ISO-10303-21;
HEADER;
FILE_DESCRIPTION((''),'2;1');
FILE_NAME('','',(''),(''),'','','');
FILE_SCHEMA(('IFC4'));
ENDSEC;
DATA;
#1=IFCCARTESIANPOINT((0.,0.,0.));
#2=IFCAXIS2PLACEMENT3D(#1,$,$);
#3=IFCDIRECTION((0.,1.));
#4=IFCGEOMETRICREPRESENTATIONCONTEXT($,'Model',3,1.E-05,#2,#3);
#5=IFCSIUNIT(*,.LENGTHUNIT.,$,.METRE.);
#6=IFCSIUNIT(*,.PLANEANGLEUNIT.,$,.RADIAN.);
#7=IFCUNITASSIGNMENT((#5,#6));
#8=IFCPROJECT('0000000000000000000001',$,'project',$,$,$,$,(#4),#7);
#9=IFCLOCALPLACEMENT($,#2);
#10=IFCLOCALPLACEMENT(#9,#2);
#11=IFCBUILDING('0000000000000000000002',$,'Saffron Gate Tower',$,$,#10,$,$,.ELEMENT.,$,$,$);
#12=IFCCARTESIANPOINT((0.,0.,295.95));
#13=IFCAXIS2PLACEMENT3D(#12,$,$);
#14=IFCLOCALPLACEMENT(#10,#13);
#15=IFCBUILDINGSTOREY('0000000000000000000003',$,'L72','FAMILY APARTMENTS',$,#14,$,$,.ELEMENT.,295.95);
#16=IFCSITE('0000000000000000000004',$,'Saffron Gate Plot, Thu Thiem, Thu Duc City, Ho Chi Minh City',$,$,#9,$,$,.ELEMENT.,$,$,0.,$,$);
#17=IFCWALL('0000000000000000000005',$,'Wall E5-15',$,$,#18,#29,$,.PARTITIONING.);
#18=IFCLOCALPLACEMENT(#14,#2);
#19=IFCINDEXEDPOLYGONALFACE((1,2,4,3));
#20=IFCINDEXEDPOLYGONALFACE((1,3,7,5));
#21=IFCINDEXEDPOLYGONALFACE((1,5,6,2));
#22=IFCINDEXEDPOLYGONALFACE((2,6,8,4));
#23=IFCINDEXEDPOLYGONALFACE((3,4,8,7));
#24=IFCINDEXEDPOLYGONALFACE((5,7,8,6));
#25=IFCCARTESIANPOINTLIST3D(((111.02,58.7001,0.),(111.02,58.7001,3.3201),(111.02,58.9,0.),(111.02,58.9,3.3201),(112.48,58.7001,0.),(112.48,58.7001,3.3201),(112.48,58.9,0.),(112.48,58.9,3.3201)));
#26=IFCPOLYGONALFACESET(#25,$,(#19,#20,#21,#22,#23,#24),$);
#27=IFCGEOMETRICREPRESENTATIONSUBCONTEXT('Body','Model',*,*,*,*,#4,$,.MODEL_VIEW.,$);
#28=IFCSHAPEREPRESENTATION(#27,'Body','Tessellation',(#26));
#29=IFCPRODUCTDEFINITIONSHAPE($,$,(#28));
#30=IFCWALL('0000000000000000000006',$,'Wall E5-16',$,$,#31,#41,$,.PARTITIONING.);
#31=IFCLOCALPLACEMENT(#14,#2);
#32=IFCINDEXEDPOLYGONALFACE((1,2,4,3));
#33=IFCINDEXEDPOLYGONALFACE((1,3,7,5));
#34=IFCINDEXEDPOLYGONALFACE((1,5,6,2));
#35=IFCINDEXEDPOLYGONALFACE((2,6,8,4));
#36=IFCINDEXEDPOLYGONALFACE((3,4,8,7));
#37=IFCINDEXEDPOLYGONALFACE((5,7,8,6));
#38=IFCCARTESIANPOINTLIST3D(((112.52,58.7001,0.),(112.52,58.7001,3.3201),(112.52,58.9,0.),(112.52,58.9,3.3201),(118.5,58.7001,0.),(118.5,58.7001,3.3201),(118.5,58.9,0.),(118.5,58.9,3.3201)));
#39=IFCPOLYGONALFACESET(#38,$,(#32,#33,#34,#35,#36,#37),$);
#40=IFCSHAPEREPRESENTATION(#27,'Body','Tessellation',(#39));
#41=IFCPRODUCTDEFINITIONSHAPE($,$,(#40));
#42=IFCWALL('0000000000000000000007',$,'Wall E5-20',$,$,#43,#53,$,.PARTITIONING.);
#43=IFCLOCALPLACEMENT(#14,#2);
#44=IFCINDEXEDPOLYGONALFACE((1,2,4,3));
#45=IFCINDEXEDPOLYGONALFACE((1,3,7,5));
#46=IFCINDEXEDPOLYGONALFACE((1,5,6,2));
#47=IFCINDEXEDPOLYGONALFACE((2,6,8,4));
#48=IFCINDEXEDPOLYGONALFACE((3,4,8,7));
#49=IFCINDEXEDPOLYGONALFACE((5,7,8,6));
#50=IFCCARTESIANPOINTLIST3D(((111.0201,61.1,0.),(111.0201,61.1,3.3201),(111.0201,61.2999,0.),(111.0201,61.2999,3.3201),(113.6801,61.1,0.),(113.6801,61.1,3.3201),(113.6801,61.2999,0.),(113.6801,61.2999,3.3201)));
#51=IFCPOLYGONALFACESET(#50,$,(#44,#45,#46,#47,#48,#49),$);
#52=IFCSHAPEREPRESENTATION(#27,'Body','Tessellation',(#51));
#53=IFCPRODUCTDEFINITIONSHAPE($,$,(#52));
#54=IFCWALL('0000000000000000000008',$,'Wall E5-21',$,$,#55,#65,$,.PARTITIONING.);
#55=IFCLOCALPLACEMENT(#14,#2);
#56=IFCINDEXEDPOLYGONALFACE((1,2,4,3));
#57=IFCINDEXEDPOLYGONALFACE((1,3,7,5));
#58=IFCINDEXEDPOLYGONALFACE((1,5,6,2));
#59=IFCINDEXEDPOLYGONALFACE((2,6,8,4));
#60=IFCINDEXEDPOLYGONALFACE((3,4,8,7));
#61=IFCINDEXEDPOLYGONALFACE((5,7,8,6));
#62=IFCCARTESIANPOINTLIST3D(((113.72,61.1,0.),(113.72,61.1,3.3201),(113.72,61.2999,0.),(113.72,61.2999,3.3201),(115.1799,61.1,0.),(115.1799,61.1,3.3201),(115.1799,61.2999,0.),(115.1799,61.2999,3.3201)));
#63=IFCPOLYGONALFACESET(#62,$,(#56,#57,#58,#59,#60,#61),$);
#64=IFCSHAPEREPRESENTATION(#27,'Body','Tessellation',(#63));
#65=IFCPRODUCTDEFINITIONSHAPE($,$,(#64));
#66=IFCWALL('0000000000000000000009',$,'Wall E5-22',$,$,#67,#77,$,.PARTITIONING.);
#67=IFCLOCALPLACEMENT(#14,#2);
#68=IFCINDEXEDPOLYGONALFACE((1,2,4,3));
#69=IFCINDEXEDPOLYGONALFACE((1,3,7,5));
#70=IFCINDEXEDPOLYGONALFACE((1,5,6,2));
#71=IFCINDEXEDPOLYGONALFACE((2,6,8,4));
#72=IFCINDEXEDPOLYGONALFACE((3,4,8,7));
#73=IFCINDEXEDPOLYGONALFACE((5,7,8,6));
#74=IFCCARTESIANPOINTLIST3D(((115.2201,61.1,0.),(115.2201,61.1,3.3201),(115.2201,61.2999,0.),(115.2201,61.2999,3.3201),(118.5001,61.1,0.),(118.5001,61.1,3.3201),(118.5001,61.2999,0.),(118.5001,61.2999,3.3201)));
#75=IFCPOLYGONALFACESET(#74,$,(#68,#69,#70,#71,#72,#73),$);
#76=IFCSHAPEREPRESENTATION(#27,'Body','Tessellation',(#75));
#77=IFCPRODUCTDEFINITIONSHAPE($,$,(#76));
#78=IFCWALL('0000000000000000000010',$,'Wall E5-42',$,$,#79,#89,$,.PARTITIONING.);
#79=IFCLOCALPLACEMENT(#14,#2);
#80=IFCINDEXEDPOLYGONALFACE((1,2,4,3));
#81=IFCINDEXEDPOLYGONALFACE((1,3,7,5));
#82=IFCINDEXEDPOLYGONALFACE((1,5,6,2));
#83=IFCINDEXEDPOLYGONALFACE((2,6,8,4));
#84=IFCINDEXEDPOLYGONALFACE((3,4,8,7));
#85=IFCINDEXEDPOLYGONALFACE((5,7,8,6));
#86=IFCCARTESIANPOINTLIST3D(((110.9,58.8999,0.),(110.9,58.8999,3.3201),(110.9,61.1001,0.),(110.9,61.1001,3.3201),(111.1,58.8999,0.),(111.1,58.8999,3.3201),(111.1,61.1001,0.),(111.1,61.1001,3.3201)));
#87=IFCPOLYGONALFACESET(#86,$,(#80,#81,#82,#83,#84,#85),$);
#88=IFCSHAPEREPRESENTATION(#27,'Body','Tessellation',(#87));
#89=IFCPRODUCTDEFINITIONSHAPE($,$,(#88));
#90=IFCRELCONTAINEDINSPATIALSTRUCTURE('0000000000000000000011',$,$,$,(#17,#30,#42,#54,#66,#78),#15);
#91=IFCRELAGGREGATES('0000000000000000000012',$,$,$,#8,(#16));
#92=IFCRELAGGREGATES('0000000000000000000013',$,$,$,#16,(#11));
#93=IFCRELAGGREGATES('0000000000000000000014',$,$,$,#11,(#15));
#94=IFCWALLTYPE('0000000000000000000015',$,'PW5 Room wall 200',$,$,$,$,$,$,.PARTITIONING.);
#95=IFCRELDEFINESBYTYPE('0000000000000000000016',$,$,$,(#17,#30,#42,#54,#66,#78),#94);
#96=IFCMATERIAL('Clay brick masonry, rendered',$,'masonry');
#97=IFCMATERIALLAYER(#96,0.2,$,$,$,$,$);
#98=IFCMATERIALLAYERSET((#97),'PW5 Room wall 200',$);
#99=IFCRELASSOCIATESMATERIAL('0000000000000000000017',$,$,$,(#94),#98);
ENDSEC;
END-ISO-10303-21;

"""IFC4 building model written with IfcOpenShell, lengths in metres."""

from ifc_helpers import new_model, si_unit, direction, frame, frame_2d, origin, place, context, subcontext, project, spatial, rectangle, extrude, material, layer, layer_set, type_object, element, save


model = new_model("IFC4")

# Units and contexts
model_context = context("Model", 3, precision=1e-05, world=origin(), true_north=direction((0.0, 1.0)))
body_context = subcontext(model_context, "Body", "Model", "MODEL_VIEW")
ifc_project = project(units=[si_unit("LENGTHUNIT", "METRE"), si_unit("PLANEANGLEUNIT", "RADIAN")], contexts=[model_context])

# Site, building, storey
site_placement = place(None, origin())
site = spatial("IfcSite", under=ifc_project, at=site_placement, Name="Saffron Gate Plot, Thu Thiem, Thu Duc City, Ho Chi Minh City", CompositionType="ELEMENT", RefElevation=0.0)
building_placement = place(site_placement, origin())
building = spatial("IfcBuilding", under=site, at=building_placement, Name="Saffron Gate Tower", CompositionType="ELEMENT")
storey_placement = place(building_placement, frame((0.0, 0.0, 295.95)))
storey = spatial("IfcBuildingStorey", under=building, at=storey_placement, Name="L72", Description="FAMILY APARTMENTS", CompositionType="ELEMENT", Elevation=295.95)

# Walls
ifc_material_1 = material(Name="Clay brick masonry, rendered", Category="masonry")
ifc_layer_1 = layer(ifc_material_1, 0.2)
ifc_layer_set_1 = layer_set([ifc_layer_1], Name="PW5 Room wall 200")
wall_type_1 = type_object("IfcWallType", Name="PW5 Room wall 200", PredefinedType="PARTITIONING", material=ifc_layer_set_1)
wall_1_placement = place(storey_placement, frame((111.02, 58.8, 0.0), z_axis=(0.0, 0.0, 1.0), x_axis=(1.0, 0.0, 0.0)))
element("IfcWall", 1, at=wall_1_placement, inside=storey, type_object=wall_type_1, Name="Wall E5-15", PredefinedType="PARTITIONING", context=body_context, shape_type="SweptSolid", body=[
    extrude(rectangle(XDim=1.46, YDim=0.2, at=frame_2d((0.73, 0.0))), origin(), (0.0, 0.0, 1.0), 3.3201),
])
wall_2_placement = place(storey_placement, frame((112.52, 58.8, 0.0), z_axis=(0.0, 0.0, 1.0), x_axis=(1.0, 0.0, 0.0)))
element("IfcWall", 2, at=wall_2_placement, inside=storey, type_object=wall_type_1, Name="Wall E5-16", PredefinedType="PARTITIONING", context=body_context, shape_type="SweptSolid", body=[
    extrude(rectangle(XDim=5.98, YDim=0.2, at=frame_2d((2.99, 0.0))), origin(), (0.0, 0.0, 1.0), 3.3201),
])
wall_3_placement = place(storey_placement, frame((111.02, 61.2, 0.0), z_axis=(0.0, 0.0, 1.0), x_axis=(1.0, 0.0, 0.0)))
element("IfcWall", 3, at=wall_3_placement, inside=storey, type_object=wall_type_1, Name="Wall E5-20", PredefinedType="PARTITIONING", context=body_context, shape_type="SweptSolid", body=[
    extrude(rectangle(XDim=2.6599, YDim=0.2, at=frame_2d((1.3301, 0.0))), origin(), (0.0, 0.0, 1.0), 3.3201),
])
wall_4_placement = place(storey_placement, frame((113.72, 61.2, 0.0), z_axis=(0.0, 0.0, 1.0), x_axis=(1.0, 0.0, 0.0)))
element("IfcWall", 4, at=wall_4_placement, inside=storey, type_object=wall_type_1, Name="Wall E5-21", PredefinedType="PARTITIONING", context=body_context, shape_type="SweptSolid", body=[
    extrude(rectangle(XDim=1.46, YDim=0.2, at=frame_2d((0.73, 0.0))), origin(), (0.0, 0.0, 1.0), 3.3201),
])
wall_5_placement = place(storey_placement, frame((115.22, 61.2, 0.0), z_axis=(0.0, 0.0, 1.0), x_axis=(1.0, 0.0, 0.0)))
element("IfcWall", 5, at=wall_5_placement, inside=storey, type_object=wall_type_1, Name="Wall E5-22", PredefinedType="PARTITIONING", context=body_context, shape_type="SweptSolid", body=[
    extrude(rectangle(XDim=3.28, YDim=0.2, at=frame_2d((1.6401, 0.0))), origin(), (0.0, 0.0, 1.0), 3.3201),
])
wall_6_placement = place(storey_placement, frame((111.0, 61.1001, 0.0), z_axis=(0.0, 0.0, 1.0), x_axis=(0.0, -1.0, 0.0)))
element("IfcWall", 6, at=wall_6_placement, inside=storey, type_object=wall_type_1, Name="Wall E5-42", PredefinedType="PARTITIONING", context=body_context, shape_type="SweptSolid", body=[
    extrude(rectangle(XDim=2.2002, YDim=0.2, at=frame_2d((1.1001, 0.0))), origin(), (0.0, 0.0, 1.0), 3.3201),
])

save(model, "model.ifc")
